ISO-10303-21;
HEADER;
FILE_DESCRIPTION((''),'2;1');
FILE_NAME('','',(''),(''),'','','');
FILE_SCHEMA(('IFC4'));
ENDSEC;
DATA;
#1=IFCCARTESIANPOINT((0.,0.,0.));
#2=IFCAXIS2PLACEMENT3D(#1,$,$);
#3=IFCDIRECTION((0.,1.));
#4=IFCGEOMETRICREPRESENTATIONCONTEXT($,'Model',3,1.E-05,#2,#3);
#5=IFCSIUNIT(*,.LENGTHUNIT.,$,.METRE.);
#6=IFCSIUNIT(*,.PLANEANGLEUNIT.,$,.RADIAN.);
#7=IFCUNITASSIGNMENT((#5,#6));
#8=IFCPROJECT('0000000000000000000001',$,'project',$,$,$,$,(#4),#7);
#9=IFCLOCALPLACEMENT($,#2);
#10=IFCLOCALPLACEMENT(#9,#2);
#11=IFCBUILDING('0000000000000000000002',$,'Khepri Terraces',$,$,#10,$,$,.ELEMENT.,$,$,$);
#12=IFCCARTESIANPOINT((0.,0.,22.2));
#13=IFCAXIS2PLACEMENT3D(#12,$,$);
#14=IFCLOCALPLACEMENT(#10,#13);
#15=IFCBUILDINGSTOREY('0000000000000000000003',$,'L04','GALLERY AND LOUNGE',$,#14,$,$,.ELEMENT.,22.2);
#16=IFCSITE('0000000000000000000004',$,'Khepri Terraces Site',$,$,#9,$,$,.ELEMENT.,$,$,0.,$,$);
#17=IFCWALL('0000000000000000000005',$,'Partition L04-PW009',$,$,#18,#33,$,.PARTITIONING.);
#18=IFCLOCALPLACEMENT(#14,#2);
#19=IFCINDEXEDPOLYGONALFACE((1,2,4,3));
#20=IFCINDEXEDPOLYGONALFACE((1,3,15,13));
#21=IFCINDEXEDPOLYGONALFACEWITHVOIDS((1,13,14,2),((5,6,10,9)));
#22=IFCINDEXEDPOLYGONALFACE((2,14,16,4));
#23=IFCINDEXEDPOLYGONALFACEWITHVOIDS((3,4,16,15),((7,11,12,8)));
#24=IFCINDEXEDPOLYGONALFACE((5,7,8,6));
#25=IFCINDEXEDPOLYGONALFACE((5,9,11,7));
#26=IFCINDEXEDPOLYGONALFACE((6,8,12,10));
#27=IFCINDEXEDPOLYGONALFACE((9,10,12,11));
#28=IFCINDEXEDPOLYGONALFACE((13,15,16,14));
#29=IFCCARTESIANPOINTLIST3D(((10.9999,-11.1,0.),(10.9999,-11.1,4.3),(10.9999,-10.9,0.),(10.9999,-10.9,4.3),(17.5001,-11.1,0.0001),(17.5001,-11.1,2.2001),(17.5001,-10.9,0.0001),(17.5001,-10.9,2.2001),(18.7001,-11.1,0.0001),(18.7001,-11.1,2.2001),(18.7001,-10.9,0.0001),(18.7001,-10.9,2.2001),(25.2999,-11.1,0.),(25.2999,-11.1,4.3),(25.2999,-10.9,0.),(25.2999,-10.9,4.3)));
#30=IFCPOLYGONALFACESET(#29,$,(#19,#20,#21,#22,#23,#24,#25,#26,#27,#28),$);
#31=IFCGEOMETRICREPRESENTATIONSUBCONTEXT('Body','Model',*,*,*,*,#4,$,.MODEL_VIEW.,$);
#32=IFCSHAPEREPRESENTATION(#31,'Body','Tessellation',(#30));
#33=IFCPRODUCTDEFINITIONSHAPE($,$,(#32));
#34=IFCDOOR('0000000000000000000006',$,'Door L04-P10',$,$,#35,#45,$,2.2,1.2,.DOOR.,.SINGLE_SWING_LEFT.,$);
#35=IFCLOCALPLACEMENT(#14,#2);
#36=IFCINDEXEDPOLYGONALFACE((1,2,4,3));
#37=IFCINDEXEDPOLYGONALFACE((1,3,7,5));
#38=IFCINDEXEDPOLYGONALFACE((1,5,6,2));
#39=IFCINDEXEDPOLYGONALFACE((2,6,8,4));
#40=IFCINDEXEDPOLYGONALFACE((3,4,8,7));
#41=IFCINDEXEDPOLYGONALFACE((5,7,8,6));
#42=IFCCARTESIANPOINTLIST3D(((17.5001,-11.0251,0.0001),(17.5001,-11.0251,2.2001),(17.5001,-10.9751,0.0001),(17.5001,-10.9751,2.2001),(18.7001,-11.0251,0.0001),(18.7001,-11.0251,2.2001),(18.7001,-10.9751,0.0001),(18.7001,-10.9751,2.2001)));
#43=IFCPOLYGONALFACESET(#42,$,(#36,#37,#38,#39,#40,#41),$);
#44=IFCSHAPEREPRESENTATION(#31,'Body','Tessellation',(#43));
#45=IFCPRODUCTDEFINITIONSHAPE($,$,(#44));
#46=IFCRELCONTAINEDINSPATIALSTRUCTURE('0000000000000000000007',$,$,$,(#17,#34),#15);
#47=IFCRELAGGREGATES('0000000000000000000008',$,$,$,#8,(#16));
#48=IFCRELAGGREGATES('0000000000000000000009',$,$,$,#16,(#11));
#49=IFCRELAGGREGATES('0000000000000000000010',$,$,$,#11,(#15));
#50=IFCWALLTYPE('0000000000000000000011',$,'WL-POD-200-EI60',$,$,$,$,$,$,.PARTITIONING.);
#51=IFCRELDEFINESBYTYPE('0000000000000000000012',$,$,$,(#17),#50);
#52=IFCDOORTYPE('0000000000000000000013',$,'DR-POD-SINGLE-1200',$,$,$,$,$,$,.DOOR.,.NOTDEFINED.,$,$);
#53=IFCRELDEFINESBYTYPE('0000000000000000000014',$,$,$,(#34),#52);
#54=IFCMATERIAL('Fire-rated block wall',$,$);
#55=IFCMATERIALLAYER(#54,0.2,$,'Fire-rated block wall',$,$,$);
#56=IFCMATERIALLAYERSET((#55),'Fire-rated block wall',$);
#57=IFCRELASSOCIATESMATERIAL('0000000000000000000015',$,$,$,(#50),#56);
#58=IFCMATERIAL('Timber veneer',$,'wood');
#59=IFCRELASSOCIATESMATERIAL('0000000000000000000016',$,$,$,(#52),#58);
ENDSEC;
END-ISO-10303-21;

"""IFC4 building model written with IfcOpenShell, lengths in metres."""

from ifc_helpers import new_model, si_unit, direction, frame, frame_2d, origin, place, context, subcontext, project, spatial, rectangle, extrude, material, layer, layer_set, type_object, element, fill, save


model = new_model("IFC4")

# Units and contexts
model_context = context("Model", 3, precision=1e-05, world=origin(), true_north=direction((0.0, 1.0)))
body_context = subcontext(model_context, "Body", "Model", "MODEL_VIEW")
ifc_project = project(units=[si_unit("LENGTHUNIT", "METRE"), si_unit("PLANEANGLEUNIT", "RADIAN")], contexts=[model_context])

# Site, building, storey
site_placement = place(None, origin())
site = spatial("IfcSite", under=ifc_project, at=site_placement, Name="Khepri Terraces Site", CompositionType="ELEMENT", RefElevation=0.0)
building_placement = place(site_placement, origin())
building = spatial("IfcBuilding", under=site, at=building_placement, Name="Khepri Terraces", CompositionType="ELEMENT")
storey_placement = place(building_placement, frame((0.0, 0.0, 22.2)))
storey = spatial("IfcBuildingStorey", under=building, at=storey_placement, Name="L04", Description="GALLERY AND LOUNGE", CompositionType="ELEMENT", Elevation=22.2)

# Wall, opening, door
ifc_material_1 = material(Name="Fire-rated block wall")
ifc_layer_1 = layer(ifc_material_1, 0.2, Name="Fire-rated block wall")
ifc_layer_set_1 = layer_set([ifc_layer_1], Name="Fire-rated block wall")
wall_type_1 = type_object("IfcWallType", Name="WL-POD-200-EI60", PredefinedType="PARTITIONING", material=ifc_layer_set_1)
wall_1_placement = place(storey_placement, frame((11.0, -11.0, 0.0), z_axis=(0.0, 0.0, 1.0), x_axis=(1.0, 0.0, 0.0)))
wall_1 = element("IfcWall", 1, at=wall_1_placement, inside=storey, type_object=wall_type_1, Name="Partition L04-PW009", PredefinedType="PARTITIONING", context=body_context, shape_type="SweptSolid", body=[
    extrude(rectangle(XDim=14.3, YDim=0.2, at=frame_2d((7.1499, 0.0))), origin(), (0.0, 0.0, 1.0), 4.3),
])
opening_1_placement = place(wall_1_placement, frame((6.5, 0.0, 0.0)))
opening_1 = element("IfcOpeningElement", 2, at=opening_1_placement, cuts=wall_1, PredefinedType="OPENING", context=body_context, shape_type="SweptSolid", body=[
    extrude(rectangle(XDim=1.2, YDim=2.2, at=frame_2d((0.6001, 1.1001))), frame((0.0, 0.1099, 0.0), z_axis=(0.0, -1.0, 0.0), x_axis=(1.0, 0.0, 0.0)), (0.0, 0.0, 1.0), 0.22),
])
ifc_material_2 = material(Name="Timber veneer", Category="wood")
door_type_1 = type_object("IfcDoorType", Name="DR-POD-SINGLE-1200", OperationType="NOTDEFINED", PredefinedType="DOOR", material=ifc_material_2)
door_1_placement = place(opening_1_placement, origin())
door_1 = element("IfcDoor", 3, at=door_1_placement, inside=storey, type_object=door_type_1, Name="Door L04-P10", OperationType="SINGLE_SWING_LEFT", OverallHeight=2.2, OverallWidth=1.2, PredefinedType="DOOR", context=body_context, shape_type="SweptSolid", body=[
    extrude(rectangle(XDim=1.2, YDim=2.2, at=frame_2d((0.6001, 1.1001))), frame((0.0, 0.0249, 0.0), z_axis=(0.0, -1.0, 0.0), x_axis=(1.0, 0.0, 0.0)), (0.0, 0.0, 1.0), 0.05),
])
fill(opening_1, door_1)

save(model, "model.ifc")
